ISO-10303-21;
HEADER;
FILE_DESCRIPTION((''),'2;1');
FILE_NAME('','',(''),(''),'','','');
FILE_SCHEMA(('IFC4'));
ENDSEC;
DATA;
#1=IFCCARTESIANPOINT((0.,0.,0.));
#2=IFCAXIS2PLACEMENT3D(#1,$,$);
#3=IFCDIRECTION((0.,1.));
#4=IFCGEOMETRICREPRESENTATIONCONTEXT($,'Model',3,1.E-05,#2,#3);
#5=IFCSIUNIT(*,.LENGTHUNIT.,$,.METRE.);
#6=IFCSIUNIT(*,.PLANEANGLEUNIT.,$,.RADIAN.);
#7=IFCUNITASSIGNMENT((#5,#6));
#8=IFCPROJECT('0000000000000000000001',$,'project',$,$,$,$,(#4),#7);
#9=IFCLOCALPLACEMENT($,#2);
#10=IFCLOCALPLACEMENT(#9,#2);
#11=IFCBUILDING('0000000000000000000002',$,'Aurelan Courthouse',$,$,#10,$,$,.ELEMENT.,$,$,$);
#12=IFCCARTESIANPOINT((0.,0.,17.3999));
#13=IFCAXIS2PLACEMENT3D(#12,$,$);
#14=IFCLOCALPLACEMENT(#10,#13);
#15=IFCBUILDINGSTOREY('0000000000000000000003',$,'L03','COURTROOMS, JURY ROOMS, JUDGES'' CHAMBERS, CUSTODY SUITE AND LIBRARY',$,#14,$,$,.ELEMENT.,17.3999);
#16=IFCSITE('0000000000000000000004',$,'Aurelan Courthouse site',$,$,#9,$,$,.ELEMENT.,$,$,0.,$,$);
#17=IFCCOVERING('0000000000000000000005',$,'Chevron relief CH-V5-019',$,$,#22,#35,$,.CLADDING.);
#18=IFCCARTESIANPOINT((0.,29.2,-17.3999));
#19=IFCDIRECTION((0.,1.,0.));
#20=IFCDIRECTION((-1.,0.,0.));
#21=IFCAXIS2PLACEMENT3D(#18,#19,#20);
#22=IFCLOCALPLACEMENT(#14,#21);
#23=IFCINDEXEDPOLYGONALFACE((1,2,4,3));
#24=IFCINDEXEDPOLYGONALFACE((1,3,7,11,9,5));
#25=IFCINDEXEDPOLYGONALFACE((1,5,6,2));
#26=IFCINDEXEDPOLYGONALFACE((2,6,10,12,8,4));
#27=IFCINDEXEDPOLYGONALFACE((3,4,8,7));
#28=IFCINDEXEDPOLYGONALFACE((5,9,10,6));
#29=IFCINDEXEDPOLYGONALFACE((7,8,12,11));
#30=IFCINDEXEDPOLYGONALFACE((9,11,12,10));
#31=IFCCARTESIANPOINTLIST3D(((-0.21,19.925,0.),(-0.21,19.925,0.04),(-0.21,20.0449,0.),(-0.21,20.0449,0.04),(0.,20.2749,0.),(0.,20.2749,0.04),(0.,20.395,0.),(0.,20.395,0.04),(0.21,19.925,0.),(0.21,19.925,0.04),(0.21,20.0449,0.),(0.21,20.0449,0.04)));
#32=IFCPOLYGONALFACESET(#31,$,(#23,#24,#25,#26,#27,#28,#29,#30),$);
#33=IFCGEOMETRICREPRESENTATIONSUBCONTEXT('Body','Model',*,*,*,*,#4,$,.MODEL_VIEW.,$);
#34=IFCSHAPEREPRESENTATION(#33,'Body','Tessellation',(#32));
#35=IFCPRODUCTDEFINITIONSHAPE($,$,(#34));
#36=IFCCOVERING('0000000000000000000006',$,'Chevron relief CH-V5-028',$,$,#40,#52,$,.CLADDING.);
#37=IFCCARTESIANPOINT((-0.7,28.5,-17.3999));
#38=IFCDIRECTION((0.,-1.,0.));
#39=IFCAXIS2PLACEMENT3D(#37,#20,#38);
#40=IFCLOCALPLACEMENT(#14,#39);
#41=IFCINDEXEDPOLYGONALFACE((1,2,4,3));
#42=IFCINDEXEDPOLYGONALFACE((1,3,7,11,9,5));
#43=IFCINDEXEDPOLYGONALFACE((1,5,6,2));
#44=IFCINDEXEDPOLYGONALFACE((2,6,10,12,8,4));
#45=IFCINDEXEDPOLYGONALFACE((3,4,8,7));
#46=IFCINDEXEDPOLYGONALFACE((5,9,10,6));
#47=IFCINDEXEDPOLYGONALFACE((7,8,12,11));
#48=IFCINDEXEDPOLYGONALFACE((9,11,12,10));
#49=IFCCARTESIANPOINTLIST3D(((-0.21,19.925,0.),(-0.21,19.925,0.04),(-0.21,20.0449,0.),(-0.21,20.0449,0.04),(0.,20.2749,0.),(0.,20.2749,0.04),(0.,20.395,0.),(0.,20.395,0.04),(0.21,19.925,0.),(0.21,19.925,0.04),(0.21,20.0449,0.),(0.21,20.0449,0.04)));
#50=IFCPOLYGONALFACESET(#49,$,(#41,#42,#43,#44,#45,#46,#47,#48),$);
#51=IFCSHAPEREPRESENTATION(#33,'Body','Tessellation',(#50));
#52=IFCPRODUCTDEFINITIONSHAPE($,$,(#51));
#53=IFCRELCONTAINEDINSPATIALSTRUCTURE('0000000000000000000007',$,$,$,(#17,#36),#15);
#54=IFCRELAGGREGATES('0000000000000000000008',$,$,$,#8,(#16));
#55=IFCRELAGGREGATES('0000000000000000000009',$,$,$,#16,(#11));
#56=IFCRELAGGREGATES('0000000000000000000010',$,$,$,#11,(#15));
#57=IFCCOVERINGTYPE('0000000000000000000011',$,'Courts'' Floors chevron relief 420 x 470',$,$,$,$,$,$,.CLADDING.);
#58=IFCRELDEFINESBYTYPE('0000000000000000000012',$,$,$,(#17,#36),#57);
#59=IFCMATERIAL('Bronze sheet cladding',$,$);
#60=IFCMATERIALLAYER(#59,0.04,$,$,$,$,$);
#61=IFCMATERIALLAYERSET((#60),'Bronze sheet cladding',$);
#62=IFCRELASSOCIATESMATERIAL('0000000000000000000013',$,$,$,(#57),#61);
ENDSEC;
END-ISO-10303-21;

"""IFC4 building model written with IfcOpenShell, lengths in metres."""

from ifc_helpers import new_model, si_unit, direction, frame, origin, place, context, subcontext, project, spatial, polyline, outline, extrude, material, layer, layer_set, type_object, element, save


model = new_model("IFC4")

# Units and contexts
model_context = context("Model", 3, precision=1e-05, world=origin(), true_north=direction((0.0, 1.0)))
body_context = subcontext(model_context, "Body", "Model", "MODEL_VIEW")
ifc_project = project(units=[si_unit("LENGTHUNIT", "METRE"), si_unit("PLANEANGLEUNIT", "RADIAN")], contexts=[model_context])

# Site, building, storey
site_placement = place(None, origin())
site = spatial("IfcSite", under=ifc_project, at=site_placement, Name="Aurelan Courthouse site", CompositionType="ELEMENT", RefElevation=0.0)
building_placement = place(site_placement, origin())
building = spatial("IfcBuilding", under=site, at=building_placement, Name="Aurelan Courthouse", CompositionType="ELEMENT")
storey_placement = place(building_placement, frame((0.0, 0.0, 17.3999)))
storey = spatial("IfcBuildingStorey", under=building, at=storey_placement, Name="L03", Description="COURTROOMS, JURY ROOMS, JUDGES' CHAMBERS, CUSTODY SUITE AND LIBRARY", CompositionType="ELEMENT", Elevation=17.3999)

# Coverings
ifc_material_1 = material(Name="Bronze sheet cladding")
ifc_layer_1 = layer(ifc_material_1, 0.04)
ifc_layer_set_1 = layer_set([ifc_layer_1], Name="Bronze sheet cladding")
covering_type_1 = type_object("IfcCoveringType", Name="Courts' Floors chevron relief 420 x 470", PredefinedType="CLADDING", material=ifc_layer_set_1)
for number, where, z_axis, x_axis, name in (
    (1, (0.0, 29.2, -17.3999), (0.0, 1.0, 0.0), (-1.0, 0.0, 0.0), "Chevron relief CH-V5-019"),
    (2, (-0.7, 28.5, -17.3999), (-1.0, 0.0, 0.0), (0.0, -1.0, 0.0), "Chevron relief CH-V5-028"),
):
    element("IfcCovering", number, at=place(storey_placement, frame(where, z_axis=z_axis, x_axis=x_axis)), inside=storey, type_object=covering_type_1, Name=name, PredefinedType="CLADDING", context=body_context, shape_type="SweptSolid", body=[
        extrude(outline(polyline([(-0.21, 19.925), (0.0, 20.2749), (0.21, 19.925), (0.21, 20.0449), (0.0, 20.395), (-0.21, 20.0449), (-0.21, 19.925)])), origin(), (0.0, 0.0, 1.0), 0.04),
    ])

save(model, "model.ifc")
